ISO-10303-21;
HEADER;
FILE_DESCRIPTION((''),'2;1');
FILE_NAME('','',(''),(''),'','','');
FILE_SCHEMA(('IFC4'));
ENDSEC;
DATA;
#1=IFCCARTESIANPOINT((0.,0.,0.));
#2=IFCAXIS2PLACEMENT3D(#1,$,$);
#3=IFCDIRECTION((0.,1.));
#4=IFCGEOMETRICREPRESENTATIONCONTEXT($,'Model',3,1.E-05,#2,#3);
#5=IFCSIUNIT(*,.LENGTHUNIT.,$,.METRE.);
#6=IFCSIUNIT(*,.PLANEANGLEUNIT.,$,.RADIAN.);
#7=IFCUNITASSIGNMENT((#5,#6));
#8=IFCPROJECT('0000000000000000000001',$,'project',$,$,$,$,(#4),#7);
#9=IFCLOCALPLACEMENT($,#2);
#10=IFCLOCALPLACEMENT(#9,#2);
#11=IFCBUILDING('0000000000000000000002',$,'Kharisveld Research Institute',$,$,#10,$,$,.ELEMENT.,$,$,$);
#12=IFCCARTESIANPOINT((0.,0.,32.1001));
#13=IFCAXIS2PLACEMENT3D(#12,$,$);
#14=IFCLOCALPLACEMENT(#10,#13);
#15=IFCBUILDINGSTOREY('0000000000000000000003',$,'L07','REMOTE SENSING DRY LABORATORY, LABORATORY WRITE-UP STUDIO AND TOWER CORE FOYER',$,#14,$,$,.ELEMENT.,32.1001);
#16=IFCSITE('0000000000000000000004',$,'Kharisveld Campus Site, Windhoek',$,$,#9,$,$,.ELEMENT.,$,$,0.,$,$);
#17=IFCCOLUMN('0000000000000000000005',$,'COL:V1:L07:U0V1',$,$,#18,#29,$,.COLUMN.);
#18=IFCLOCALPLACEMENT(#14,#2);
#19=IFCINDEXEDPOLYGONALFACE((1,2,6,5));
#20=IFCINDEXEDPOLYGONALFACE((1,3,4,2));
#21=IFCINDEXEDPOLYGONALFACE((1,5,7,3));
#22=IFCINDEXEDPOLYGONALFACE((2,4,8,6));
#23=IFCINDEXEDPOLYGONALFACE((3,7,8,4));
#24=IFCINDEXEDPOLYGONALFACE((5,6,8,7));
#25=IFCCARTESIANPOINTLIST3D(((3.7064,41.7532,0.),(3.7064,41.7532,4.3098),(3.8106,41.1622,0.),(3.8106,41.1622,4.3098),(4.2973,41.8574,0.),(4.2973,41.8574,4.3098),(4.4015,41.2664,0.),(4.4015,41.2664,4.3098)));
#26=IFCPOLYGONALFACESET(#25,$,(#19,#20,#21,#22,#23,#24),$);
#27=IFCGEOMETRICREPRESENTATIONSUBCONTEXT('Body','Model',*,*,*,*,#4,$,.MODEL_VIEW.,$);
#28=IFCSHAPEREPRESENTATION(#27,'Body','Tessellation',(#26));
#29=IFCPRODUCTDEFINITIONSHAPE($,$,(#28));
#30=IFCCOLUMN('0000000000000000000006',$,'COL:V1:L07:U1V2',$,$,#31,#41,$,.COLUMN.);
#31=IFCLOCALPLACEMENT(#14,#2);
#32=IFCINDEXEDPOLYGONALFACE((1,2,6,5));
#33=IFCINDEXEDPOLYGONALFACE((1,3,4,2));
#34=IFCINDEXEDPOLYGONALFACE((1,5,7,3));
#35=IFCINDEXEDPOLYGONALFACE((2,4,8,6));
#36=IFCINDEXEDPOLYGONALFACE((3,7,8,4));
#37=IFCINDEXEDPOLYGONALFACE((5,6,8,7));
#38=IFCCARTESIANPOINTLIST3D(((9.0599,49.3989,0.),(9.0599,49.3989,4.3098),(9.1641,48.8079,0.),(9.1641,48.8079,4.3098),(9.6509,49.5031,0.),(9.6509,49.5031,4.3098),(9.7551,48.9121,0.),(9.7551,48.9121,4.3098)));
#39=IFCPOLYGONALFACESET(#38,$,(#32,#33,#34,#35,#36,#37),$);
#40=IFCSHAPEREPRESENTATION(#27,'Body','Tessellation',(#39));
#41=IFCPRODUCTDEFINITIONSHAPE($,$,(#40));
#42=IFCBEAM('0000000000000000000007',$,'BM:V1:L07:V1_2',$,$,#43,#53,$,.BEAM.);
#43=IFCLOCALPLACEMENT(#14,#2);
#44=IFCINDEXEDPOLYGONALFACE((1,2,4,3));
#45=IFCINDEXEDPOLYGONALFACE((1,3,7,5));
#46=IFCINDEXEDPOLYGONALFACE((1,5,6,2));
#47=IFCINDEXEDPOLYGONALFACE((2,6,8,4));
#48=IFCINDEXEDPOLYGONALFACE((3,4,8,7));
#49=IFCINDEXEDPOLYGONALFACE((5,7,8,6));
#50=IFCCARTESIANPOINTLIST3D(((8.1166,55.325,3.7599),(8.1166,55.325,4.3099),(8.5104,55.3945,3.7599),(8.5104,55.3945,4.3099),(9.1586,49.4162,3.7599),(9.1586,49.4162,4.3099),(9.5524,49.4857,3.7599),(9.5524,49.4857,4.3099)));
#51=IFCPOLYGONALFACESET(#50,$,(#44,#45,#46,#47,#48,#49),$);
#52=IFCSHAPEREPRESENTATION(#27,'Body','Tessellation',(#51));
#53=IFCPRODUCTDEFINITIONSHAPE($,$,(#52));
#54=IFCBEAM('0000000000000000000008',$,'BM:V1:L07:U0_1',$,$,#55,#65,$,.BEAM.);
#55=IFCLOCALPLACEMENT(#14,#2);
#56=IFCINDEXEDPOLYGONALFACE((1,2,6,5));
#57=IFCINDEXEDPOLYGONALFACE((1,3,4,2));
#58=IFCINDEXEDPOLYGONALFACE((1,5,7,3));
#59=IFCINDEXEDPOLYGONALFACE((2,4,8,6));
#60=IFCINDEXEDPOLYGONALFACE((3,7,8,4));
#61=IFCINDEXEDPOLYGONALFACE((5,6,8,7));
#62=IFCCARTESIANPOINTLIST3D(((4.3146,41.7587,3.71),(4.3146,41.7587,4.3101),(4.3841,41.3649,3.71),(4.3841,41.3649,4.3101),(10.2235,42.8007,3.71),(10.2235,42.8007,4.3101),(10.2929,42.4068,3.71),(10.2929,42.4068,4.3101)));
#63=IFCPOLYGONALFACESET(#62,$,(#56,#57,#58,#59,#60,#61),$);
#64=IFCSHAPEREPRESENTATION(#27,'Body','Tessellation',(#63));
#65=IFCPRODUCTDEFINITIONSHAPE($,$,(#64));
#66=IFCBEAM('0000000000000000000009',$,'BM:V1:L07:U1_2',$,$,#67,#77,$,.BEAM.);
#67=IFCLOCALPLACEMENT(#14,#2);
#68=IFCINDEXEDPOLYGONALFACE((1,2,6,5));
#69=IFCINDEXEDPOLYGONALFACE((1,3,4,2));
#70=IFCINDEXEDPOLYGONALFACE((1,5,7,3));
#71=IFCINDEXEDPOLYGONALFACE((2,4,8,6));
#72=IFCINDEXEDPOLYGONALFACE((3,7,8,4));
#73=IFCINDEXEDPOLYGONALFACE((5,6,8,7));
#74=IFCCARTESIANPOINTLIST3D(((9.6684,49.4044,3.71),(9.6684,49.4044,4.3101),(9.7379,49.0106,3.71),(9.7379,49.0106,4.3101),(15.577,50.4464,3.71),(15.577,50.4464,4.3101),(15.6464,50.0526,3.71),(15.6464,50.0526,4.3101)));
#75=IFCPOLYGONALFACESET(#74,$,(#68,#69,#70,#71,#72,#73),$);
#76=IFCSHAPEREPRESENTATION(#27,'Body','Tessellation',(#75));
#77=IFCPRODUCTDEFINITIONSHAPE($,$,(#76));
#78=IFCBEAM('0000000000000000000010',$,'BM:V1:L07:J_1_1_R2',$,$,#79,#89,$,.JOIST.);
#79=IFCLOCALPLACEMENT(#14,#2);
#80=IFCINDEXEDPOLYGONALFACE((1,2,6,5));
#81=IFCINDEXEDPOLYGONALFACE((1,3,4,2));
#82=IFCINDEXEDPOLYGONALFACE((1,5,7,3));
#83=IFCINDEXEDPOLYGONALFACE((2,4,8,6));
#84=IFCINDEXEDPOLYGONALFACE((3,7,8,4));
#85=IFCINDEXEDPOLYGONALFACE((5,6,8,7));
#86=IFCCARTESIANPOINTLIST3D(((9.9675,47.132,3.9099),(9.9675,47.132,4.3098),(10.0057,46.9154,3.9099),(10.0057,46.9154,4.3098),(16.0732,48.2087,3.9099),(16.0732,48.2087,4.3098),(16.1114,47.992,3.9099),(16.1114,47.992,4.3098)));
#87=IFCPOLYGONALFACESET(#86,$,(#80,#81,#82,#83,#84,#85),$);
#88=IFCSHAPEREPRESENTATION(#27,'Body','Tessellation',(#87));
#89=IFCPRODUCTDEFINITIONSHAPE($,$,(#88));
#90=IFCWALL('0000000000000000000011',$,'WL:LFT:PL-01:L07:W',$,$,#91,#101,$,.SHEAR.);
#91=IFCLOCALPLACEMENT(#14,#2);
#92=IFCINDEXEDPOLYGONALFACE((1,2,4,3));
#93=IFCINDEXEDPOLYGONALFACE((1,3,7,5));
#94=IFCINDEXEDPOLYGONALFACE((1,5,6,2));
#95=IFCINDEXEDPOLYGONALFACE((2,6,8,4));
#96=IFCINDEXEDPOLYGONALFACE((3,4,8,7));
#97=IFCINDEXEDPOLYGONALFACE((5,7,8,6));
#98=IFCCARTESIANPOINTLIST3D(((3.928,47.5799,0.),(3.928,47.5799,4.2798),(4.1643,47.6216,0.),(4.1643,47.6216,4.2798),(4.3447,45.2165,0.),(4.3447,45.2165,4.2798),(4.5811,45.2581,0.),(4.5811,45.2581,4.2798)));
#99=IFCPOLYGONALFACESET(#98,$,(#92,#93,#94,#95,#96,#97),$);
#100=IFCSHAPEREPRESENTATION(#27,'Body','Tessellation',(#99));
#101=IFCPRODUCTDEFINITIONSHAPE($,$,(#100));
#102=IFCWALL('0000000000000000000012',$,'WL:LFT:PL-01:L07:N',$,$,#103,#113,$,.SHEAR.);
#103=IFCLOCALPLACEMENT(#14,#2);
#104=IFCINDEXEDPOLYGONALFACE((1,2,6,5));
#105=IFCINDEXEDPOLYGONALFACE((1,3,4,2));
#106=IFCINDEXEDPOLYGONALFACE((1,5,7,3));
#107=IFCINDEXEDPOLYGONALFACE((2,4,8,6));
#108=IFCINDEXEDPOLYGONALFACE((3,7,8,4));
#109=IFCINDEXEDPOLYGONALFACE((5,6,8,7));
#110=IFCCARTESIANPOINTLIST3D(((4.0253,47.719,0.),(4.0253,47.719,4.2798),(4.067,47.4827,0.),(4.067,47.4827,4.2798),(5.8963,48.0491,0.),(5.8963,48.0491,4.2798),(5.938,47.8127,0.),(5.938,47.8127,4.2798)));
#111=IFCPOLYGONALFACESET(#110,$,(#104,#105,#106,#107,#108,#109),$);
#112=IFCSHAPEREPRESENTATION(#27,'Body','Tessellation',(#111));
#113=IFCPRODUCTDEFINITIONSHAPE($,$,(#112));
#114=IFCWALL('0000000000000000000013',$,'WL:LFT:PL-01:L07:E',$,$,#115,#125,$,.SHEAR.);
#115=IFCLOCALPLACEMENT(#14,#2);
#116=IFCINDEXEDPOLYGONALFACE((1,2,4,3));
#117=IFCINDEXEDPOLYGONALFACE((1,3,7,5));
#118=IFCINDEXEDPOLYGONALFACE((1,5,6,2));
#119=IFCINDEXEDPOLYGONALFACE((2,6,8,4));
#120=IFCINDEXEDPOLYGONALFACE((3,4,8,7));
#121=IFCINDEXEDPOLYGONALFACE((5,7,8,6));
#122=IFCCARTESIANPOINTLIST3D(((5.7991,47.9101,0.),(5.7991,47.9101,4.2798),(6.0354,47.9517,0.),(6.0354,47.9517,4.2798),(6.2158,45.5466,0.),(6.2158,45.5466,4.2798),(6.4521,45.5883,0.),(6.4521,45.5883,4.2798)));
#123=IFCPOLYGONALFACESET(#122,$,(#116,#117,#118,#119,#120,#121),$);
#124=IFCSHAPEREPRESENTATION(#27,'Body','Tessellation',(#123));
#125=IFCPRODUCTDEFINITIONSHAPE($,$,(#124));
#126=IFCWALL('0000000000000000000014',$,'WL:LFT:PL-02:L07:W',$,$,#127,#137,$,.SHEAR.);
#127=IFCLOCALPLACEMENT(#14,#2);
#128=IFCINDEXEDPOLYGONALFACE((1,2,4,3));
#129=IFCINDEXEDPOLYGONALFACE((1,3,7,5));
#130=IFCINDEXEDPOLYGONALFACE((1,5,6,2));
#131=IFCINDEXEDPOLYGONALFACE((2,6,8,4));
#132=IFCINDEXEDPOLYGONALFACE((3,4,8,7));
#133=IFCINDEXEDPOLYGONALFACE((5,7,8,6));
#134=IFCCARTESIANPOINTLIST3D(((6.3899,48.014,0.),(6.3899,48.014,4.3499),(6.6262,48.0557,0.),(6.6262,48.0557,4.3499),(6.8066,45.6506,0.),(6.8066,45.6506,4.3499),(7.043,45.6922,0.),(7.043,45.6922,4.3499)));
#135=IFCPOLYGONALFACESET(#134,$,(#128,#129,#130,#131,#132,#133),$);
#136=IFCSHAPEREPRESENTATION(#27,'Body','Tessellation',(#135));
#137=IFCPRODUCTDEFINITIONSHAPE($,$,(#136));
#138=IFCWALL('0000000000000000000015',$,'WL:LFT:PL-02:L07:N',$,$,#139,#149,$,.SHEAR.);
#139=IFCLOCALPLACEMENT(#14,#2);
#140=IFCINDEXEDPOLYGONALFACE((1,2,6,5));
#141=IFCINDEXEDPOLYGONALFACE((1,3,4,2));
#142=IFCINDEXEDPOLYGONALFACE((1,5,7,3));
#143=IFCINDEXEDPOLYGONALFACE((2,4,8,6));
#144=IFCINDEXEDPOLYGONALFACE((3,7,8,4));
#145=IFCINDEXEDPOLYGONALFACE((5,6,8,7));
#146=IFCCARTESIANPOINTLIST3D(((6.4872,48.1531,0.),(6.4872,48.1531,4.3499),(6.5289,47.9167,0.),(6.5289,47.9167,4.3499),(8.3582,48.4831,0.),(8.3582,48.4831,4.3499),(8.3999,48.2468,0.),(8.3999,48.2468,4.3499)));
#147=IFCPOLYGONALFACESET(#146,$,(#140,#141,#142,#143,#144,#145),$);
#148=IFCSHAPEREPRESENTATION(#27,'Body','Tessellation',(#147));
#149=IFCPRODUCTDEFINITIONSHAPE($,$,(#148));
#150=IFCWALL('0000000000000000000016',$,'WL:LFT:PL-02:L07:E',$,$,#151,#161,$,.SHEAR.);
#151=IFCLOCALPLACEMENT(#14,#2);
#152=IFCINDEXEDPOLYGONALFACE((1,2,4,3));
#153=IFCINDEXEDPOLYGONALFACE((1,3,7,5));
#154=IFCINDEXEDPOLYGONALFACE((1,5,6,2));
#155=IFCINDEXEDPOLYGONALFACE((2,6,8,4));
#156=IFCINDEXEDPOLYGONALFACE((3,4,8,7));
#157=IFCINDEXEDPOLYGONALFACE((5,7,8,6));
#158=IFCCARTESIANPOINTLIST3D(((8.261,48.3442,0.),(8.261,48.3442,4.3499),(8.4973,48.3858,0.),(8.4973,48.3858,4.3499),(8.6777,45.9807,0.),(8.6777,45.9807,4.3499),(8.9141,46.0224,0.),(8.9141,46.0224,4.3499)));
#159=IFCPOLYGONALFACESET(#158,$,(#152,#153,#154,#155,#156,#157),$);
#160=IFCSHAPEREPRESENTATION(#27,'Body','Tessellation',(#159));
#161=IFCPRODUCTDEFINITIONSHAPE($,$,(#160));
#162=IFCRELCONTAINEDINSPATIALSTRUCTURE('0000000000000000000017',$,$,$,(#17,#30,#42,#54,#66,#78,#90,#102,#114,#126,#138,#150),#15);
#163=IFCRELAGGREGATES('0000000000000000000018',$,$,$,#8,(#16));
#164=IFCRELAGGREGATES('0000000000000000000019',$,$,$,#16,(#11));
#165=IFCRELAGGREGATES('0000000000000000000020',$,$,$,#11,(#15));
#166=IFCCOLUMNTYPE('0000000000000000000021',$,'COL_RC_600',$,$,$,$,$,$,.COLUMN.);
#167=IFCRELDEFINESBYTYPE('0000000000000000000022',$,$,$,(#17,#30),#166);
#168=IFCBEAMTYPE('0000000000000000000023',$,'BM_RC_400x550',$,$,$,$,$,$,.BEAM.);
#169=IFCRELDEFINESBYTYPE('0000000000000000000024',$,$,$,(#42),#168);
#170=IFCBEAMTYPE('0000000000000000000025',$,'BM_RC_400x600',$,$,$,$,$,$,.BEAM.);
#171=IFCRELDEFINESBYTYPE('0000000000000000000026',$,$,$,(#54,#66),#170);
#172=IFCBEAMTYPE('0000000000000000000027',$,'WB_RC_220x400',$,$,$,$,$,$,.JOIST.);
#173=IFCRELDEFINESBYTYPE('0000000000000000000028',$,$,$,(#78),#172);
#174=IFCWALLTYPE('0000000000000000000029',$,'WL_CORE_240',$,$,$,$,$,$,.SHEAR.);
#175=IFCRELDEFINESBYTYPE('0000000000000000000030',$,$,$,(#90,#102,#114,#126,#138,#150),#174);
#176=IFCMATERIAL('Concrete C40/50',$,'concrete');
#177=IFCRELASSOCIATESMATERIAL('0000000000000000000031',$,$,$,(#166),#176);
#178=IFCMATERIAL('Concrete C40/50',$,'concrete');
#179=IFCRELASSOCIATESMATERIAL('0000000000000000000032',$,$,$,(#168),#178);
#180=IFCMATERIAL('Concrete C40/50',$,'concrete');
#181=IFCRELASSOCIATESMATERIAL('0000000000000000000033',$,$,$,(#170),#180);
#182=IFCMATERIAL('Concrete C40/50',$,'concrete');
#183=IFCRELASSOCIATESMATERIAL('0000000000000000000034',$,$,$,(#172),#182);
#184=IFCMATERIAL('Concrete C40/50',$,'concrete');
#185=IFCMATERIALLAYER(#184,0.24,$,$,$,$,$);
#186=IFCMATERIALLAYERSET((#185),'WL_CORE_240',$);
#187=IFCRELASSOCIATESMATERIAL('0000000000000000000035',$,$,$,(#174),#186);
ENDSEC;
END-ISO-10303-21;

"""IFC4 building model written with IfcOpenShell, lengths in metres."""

from ifc_helpers import new_model, si_unit, direction, frame, frame_2d, origin, origin_2d, place, context, subcontext, project, spatial, rectangle, extrude, material, layer, layer_set, material_profile, profile_set, type_object, element, save


model = new_model("IFC4")

# Units and contexts
model_context = context("Model", 3, precision=1e-05, world=origin(), true_north=direction((0.0, 1.0)))
body_context = subcontext(model_context, "Body", "Model", "MODEL_VIEW")
ifc_project = project(units=[si_unit("LENGTHUNIT", "METRE"), si_unit("PLANEANGLEUNIT", "RADIAN")], contexts=[model_context])

# Site, building, storey
site_placement = place(None, origin())
site = spatial("IfcSite", under=ifc_project, at=site_placement, Name="Kharisveld Campus Site, Windhoek", CompositionType="ELEMENT", RefElevation=0.0)
building_placement = place(site_placement, origin())
building = spatial("IfcBuilding", under=site, at=building_placement, Name="Kharisveld Research Institute", CompositionType="ELEMENT")
storey_placement = place(building_placement, frame((0.0, 0.0, 32.1001)))
storey = spatial("IfcBuildingStorey", under=building, at=storey_placement, Name="L07", Description="REMOTE SENSING DRY LABORATORY, LABORATORY WRITE-UP STUDIO AND TOWER CORE FOYER", CompositionType="ELEMENT", Elevation=32.1001)

# Columns
ifc_material_1 = material(Name="Concrete C40/50", Category="concrete")
ifc_material_profile_1 = material_profile(ifc_material_1, rectangle(XDim=0.6001, YDim=0.6001, at=origin_2d()))
ifc_profile_set_1 = profile_set([ifc_material_profile_1], Name="Concrete C40/50")
column_type = type_object("IfcColumnType", Name="COL_RC_600", PredefinedType="COLUMN", material=ifc_profile_set_1)
for number, where, z_axis, x_axis, name in (
    (1, (4.054, 41.5098, 0.0), (0.0, 0.0, 1.0), (0.984808, 0.173648, 0.0), "COL:V1:L07:U0V1"),
    (2, (9.4075, 49.1555, 0.0), (0.0, 0.0, 1.0), (0.984808, 0.173648, 0.0), "COL:V1:L07:U1V2"),
):
    element("IfcColumn", number, at=place(storey_placement, frame(where, z_axis=z_axis, x_axis=x_axis)), inside=storey, type_object=column_type, Name=name, PredefinedType="COLUMN", context=body_context, shape_type="SweptSolid", body=[
        extrude(rectangle(XDim=0.6001, YDim=0.6001, at=origin_2d()), origin(), (0.0, 0.0, 1.0), 4.3098),
    ])

# Beams
ifc_material_2 = material(Name="Concrete C40/50", Category="concrete")
ifc_material_profile_2 = material_profile(ifc_material_2, rectangle(XDim=0.3999, YDim=0.55, at=origin_2d()))
ifc_profile_set_2 = profile_set([ifc_material_profile_2], Name="Concrete C40/50")
beam_type_1 = type_object("IfcBeamType", Name="BM_RC_400x550", PredefinedType="BEAM", material=ifc_profile_set_2)
beam_1_placement = place(storey_placement, frame((9.3555, 49.4509, 4.0349), z_axis=(-0.173662, 0.984805, 0.0), x_axis=(-0.984805, -0.173662, 0.0)))
element("IfcBeam", 3, at=beam_1_placement, inside=storey, type_object=beam_type_1, Name="BM:V1:L07:V1_2", PredefinedType="BEAM", context=body_context, shape_type="SweptSolid", body=[
    extrude(rectangle(XDim=0.3999, YDim=0.55, at=origin_2d()), origin(), (0.0, 0.0, 1.0), 6.0),
])
ifc_material_3 = material(Name="Concrete C40/50", Category="concrete")
ifc_material_profile_3 = material_profile(ifc_material_3, rectangle(XDim=0.3999, YDim=0.6001, at=origin_2d()))
ifc_profile_set_3 = profile_set([ifc_material_profile_3], Name="Concrete C40/50")
beam_type_2 = type_object("IfcBeamType", Name="BM_RC_400x600", PredefinedType="BEAM", material=ifc_profile_set_3)
beam_2_placement = place(storey_placement, frame((4.3494, 41.5618, 4.01), z_axis=(0.984805, 0.173662, 0.0), x_axis=(-0.173662, 0.984805, 0.0)))
element("IfcBeam", 4, at=beam_2_placement, inside=storey, type_object=beam_type_2, Name="BM:V1:L07:U0_1", PredefinedType="BEAM", context=body_context, shape_type="SweptSolid", body=[
    extrude(rectangle(XDim=0.3999, YDim=0.6001, at=origin_2d()), origin(), (0.0, 0.0, 1.0), 6.0),
])
beam_3_placement = place(storey_placement, frame((9.7031, 49.2075, 4.01), z_axis=(0.984804, 0.173669, 0.0), x_axis=(-0.173669, 0.984804, 0.0)))
element("IfcBeam", 5, at=beam_3_placement, inside=storey, type_object=beam_type_2, Name="BM:V1:L07:U1_2", PredefinedType="BEAM", context=body_context, shape_type="SweptSolid", body=[
    extrude(rectangle(XDim=0.3999, YDim=0.6001, at=origin_2d()), origin(), (0.0, 0.0, 1.0), 5.9998),
])
ifc_material_4 = material(Name="Concrete C40/50", Category="concrete")
ifc_material_profile_4 = material_profile(ifc_material_4, rectangle(XDim=0.22, YDim=0.3999, at=origin_2d()))
ifc_profile_set_4 = profile_set([ifc_material_profile_4], Name="Concrete C40/50")
beam_type_3 = type_object("IfcBeamType", Name="WB_RC_220x400", PredefinedType="JOIST", material=ifc_profile_set_4)
beam_4_placement = place(storey_placement, frame((9.9866, 47.0237, 4.1099), z_axis=(0.984806, 0.173657, 0.0), x_axis=(-0.173657, 0.984806, 0.0)))
element("IfcBeam", 6, at=beam_4_placement, inside=storey, type_object=beam_type_3, Name="BM:V1:L07:J_1_1_R2", PredefinedType="JOIST", context=body_context, shape_type="SweptSolid", body=[
    extrude(rectangle(XDim=0.22, YDim=0.3999, at=origin_2d()), origin(), (0.0, 0.0, 1.0), 6.2),
])

# Walls
ifc_material_5 = material(Name="Concrete C40/50", Category="concrete")
ifc_layer_1 = layer(ifc_material_5, 0.24)
ifc_layer_set_1 = layer_set([ifc_layer_1], Name="WL_CORE_240")
wall_type_1 = type_object("IfcWallType", Name="WL_CORE_240", PredefinedType="SHEAR", material=ifc_layer_set_1)
wall_1_placement = place(storey_placement, frame((4.4629, 45.2373, 0.0), z_axis=(0.0, 0.0, 1.0), x_axis=(-0.173646, 0.984808, 0.0)))
element("IfcWall", 7, at=wall_1_placement, inside=storey, type_object=wall_type_1, Name="WL:LFT:PL-01:L07:W", PredefinedType="SHEAR", context=body_context, shape_type="SweptSolid", body=[
    extrude(rectangle(XDim=2.3999, YDim=0.24, at=frame_2d((1.2, 0.0))), origin(), (0.0, 0.0, 1.0), 4.2798),
])
wall_2_placement = place(storey_placement, frame((4.0461, 47.6008, 0.0), z_axis=(0.0, 0.0, 1.0), x_axis=(0.984794, 0.173727, 0.0)))
element("IfcWall", 8, at=wall_2_placement, inside=storey, type_object=wall_type_1, Name="WL:LFT:PL-01:L07:N", PredefinedType="SHEAR", context=body_context, shape_type="SweptSolid", body=[
    extrude(rectangle(XDim=1.8999, YDim=0.24, at=frame_2d((0.95, 0.0))), origin(), (0.0, 0.0, 1.0), 4.2798),
])
wall_3_placement = place(storey_placement, frame((5.9172, 47.9309, 0.0), z_axis=(0.0, 0.0, 1.0), x_axis=(0.173646, -0.984808, 0.0)))
element("IfcWall", 9, at=wall_3_placement, inside=storey, type_object=wall_type_1, Name="WL:LFT:PL-01:L07:E", PredefinedType="SHEAR", context=body_context, shape_type="SweptSolid", body=[
    extrude(rectangle(XDim=2.3999, YDim=0.24, at=frame_2d((1.2, 0.0))), origin(), (0.0, 0.0, 1.0), 4.2798),
])

# Walls
wall_4_placement = place(storey_placement, frame((6.9248, 45.6714, 0.0), z_axis=(0.0, 0.0, 1.0), x_axis=(-0.173646, 0.984808, 0.0)))
element("IfcWall", 10, at=wall_4_placement, inside=storey, type_object=wall_type_1, Name="WL:LFT:PL-02:L07:W", PredefinedType="SHEAR", context=body_context, shape_type="SweptSolid", body=[
    extrude(rectangle(XDim=2.3999, YDim=0.24, at=frame_2d((1.2, 0.0))), origin(), (0.0, 0.0, 1.0), 4.3499),
])
wall_5_placement = place(storey_placement, frame((6.5081, 48.0349, 0.0), z_axis=(0.0, 0.0, 1.0), x_axis=(0.984794, 0.173727, 0.0)))
element("IfcWall", 11, at=wall_5_placement, inside=storey, type_object=wall_type_1, Name="WL:LFT:PL-02:L07:N", PredefinedType="SHEAR", context=body_context, shape_type="SweptSolid", body=[
    extrude(rectangle(XDim=1.8999, YDim=0.24, at=frame_2d((0.95, 0.0))), origin(), (0.0, 0.0, 1.0), 4.3499),
])
wall_6_placement = place(storey_placement, frame((8.3792, 48.365, 0.0), z_axis=(0.0, 0.0, 1.0), x_axis=(0.173646, -0.984808, 0.0)))
element("IfcWall", 12, at=wall_6_placement, inside=storey, type_object=wall_type_1, Name="WL:LFT:PL-02:L07:E", PredefinedType="SHEAR", context=body_context, shape_type="SweptSolid", body=[
    extrude(rectangle(XDim=2.3999, YDim=0.24, at=frame_2d((1.2, 0.0))), origin(), (0.0, 0.0, 1.0), 4.3499),
])

save(model, "model.ifc")
